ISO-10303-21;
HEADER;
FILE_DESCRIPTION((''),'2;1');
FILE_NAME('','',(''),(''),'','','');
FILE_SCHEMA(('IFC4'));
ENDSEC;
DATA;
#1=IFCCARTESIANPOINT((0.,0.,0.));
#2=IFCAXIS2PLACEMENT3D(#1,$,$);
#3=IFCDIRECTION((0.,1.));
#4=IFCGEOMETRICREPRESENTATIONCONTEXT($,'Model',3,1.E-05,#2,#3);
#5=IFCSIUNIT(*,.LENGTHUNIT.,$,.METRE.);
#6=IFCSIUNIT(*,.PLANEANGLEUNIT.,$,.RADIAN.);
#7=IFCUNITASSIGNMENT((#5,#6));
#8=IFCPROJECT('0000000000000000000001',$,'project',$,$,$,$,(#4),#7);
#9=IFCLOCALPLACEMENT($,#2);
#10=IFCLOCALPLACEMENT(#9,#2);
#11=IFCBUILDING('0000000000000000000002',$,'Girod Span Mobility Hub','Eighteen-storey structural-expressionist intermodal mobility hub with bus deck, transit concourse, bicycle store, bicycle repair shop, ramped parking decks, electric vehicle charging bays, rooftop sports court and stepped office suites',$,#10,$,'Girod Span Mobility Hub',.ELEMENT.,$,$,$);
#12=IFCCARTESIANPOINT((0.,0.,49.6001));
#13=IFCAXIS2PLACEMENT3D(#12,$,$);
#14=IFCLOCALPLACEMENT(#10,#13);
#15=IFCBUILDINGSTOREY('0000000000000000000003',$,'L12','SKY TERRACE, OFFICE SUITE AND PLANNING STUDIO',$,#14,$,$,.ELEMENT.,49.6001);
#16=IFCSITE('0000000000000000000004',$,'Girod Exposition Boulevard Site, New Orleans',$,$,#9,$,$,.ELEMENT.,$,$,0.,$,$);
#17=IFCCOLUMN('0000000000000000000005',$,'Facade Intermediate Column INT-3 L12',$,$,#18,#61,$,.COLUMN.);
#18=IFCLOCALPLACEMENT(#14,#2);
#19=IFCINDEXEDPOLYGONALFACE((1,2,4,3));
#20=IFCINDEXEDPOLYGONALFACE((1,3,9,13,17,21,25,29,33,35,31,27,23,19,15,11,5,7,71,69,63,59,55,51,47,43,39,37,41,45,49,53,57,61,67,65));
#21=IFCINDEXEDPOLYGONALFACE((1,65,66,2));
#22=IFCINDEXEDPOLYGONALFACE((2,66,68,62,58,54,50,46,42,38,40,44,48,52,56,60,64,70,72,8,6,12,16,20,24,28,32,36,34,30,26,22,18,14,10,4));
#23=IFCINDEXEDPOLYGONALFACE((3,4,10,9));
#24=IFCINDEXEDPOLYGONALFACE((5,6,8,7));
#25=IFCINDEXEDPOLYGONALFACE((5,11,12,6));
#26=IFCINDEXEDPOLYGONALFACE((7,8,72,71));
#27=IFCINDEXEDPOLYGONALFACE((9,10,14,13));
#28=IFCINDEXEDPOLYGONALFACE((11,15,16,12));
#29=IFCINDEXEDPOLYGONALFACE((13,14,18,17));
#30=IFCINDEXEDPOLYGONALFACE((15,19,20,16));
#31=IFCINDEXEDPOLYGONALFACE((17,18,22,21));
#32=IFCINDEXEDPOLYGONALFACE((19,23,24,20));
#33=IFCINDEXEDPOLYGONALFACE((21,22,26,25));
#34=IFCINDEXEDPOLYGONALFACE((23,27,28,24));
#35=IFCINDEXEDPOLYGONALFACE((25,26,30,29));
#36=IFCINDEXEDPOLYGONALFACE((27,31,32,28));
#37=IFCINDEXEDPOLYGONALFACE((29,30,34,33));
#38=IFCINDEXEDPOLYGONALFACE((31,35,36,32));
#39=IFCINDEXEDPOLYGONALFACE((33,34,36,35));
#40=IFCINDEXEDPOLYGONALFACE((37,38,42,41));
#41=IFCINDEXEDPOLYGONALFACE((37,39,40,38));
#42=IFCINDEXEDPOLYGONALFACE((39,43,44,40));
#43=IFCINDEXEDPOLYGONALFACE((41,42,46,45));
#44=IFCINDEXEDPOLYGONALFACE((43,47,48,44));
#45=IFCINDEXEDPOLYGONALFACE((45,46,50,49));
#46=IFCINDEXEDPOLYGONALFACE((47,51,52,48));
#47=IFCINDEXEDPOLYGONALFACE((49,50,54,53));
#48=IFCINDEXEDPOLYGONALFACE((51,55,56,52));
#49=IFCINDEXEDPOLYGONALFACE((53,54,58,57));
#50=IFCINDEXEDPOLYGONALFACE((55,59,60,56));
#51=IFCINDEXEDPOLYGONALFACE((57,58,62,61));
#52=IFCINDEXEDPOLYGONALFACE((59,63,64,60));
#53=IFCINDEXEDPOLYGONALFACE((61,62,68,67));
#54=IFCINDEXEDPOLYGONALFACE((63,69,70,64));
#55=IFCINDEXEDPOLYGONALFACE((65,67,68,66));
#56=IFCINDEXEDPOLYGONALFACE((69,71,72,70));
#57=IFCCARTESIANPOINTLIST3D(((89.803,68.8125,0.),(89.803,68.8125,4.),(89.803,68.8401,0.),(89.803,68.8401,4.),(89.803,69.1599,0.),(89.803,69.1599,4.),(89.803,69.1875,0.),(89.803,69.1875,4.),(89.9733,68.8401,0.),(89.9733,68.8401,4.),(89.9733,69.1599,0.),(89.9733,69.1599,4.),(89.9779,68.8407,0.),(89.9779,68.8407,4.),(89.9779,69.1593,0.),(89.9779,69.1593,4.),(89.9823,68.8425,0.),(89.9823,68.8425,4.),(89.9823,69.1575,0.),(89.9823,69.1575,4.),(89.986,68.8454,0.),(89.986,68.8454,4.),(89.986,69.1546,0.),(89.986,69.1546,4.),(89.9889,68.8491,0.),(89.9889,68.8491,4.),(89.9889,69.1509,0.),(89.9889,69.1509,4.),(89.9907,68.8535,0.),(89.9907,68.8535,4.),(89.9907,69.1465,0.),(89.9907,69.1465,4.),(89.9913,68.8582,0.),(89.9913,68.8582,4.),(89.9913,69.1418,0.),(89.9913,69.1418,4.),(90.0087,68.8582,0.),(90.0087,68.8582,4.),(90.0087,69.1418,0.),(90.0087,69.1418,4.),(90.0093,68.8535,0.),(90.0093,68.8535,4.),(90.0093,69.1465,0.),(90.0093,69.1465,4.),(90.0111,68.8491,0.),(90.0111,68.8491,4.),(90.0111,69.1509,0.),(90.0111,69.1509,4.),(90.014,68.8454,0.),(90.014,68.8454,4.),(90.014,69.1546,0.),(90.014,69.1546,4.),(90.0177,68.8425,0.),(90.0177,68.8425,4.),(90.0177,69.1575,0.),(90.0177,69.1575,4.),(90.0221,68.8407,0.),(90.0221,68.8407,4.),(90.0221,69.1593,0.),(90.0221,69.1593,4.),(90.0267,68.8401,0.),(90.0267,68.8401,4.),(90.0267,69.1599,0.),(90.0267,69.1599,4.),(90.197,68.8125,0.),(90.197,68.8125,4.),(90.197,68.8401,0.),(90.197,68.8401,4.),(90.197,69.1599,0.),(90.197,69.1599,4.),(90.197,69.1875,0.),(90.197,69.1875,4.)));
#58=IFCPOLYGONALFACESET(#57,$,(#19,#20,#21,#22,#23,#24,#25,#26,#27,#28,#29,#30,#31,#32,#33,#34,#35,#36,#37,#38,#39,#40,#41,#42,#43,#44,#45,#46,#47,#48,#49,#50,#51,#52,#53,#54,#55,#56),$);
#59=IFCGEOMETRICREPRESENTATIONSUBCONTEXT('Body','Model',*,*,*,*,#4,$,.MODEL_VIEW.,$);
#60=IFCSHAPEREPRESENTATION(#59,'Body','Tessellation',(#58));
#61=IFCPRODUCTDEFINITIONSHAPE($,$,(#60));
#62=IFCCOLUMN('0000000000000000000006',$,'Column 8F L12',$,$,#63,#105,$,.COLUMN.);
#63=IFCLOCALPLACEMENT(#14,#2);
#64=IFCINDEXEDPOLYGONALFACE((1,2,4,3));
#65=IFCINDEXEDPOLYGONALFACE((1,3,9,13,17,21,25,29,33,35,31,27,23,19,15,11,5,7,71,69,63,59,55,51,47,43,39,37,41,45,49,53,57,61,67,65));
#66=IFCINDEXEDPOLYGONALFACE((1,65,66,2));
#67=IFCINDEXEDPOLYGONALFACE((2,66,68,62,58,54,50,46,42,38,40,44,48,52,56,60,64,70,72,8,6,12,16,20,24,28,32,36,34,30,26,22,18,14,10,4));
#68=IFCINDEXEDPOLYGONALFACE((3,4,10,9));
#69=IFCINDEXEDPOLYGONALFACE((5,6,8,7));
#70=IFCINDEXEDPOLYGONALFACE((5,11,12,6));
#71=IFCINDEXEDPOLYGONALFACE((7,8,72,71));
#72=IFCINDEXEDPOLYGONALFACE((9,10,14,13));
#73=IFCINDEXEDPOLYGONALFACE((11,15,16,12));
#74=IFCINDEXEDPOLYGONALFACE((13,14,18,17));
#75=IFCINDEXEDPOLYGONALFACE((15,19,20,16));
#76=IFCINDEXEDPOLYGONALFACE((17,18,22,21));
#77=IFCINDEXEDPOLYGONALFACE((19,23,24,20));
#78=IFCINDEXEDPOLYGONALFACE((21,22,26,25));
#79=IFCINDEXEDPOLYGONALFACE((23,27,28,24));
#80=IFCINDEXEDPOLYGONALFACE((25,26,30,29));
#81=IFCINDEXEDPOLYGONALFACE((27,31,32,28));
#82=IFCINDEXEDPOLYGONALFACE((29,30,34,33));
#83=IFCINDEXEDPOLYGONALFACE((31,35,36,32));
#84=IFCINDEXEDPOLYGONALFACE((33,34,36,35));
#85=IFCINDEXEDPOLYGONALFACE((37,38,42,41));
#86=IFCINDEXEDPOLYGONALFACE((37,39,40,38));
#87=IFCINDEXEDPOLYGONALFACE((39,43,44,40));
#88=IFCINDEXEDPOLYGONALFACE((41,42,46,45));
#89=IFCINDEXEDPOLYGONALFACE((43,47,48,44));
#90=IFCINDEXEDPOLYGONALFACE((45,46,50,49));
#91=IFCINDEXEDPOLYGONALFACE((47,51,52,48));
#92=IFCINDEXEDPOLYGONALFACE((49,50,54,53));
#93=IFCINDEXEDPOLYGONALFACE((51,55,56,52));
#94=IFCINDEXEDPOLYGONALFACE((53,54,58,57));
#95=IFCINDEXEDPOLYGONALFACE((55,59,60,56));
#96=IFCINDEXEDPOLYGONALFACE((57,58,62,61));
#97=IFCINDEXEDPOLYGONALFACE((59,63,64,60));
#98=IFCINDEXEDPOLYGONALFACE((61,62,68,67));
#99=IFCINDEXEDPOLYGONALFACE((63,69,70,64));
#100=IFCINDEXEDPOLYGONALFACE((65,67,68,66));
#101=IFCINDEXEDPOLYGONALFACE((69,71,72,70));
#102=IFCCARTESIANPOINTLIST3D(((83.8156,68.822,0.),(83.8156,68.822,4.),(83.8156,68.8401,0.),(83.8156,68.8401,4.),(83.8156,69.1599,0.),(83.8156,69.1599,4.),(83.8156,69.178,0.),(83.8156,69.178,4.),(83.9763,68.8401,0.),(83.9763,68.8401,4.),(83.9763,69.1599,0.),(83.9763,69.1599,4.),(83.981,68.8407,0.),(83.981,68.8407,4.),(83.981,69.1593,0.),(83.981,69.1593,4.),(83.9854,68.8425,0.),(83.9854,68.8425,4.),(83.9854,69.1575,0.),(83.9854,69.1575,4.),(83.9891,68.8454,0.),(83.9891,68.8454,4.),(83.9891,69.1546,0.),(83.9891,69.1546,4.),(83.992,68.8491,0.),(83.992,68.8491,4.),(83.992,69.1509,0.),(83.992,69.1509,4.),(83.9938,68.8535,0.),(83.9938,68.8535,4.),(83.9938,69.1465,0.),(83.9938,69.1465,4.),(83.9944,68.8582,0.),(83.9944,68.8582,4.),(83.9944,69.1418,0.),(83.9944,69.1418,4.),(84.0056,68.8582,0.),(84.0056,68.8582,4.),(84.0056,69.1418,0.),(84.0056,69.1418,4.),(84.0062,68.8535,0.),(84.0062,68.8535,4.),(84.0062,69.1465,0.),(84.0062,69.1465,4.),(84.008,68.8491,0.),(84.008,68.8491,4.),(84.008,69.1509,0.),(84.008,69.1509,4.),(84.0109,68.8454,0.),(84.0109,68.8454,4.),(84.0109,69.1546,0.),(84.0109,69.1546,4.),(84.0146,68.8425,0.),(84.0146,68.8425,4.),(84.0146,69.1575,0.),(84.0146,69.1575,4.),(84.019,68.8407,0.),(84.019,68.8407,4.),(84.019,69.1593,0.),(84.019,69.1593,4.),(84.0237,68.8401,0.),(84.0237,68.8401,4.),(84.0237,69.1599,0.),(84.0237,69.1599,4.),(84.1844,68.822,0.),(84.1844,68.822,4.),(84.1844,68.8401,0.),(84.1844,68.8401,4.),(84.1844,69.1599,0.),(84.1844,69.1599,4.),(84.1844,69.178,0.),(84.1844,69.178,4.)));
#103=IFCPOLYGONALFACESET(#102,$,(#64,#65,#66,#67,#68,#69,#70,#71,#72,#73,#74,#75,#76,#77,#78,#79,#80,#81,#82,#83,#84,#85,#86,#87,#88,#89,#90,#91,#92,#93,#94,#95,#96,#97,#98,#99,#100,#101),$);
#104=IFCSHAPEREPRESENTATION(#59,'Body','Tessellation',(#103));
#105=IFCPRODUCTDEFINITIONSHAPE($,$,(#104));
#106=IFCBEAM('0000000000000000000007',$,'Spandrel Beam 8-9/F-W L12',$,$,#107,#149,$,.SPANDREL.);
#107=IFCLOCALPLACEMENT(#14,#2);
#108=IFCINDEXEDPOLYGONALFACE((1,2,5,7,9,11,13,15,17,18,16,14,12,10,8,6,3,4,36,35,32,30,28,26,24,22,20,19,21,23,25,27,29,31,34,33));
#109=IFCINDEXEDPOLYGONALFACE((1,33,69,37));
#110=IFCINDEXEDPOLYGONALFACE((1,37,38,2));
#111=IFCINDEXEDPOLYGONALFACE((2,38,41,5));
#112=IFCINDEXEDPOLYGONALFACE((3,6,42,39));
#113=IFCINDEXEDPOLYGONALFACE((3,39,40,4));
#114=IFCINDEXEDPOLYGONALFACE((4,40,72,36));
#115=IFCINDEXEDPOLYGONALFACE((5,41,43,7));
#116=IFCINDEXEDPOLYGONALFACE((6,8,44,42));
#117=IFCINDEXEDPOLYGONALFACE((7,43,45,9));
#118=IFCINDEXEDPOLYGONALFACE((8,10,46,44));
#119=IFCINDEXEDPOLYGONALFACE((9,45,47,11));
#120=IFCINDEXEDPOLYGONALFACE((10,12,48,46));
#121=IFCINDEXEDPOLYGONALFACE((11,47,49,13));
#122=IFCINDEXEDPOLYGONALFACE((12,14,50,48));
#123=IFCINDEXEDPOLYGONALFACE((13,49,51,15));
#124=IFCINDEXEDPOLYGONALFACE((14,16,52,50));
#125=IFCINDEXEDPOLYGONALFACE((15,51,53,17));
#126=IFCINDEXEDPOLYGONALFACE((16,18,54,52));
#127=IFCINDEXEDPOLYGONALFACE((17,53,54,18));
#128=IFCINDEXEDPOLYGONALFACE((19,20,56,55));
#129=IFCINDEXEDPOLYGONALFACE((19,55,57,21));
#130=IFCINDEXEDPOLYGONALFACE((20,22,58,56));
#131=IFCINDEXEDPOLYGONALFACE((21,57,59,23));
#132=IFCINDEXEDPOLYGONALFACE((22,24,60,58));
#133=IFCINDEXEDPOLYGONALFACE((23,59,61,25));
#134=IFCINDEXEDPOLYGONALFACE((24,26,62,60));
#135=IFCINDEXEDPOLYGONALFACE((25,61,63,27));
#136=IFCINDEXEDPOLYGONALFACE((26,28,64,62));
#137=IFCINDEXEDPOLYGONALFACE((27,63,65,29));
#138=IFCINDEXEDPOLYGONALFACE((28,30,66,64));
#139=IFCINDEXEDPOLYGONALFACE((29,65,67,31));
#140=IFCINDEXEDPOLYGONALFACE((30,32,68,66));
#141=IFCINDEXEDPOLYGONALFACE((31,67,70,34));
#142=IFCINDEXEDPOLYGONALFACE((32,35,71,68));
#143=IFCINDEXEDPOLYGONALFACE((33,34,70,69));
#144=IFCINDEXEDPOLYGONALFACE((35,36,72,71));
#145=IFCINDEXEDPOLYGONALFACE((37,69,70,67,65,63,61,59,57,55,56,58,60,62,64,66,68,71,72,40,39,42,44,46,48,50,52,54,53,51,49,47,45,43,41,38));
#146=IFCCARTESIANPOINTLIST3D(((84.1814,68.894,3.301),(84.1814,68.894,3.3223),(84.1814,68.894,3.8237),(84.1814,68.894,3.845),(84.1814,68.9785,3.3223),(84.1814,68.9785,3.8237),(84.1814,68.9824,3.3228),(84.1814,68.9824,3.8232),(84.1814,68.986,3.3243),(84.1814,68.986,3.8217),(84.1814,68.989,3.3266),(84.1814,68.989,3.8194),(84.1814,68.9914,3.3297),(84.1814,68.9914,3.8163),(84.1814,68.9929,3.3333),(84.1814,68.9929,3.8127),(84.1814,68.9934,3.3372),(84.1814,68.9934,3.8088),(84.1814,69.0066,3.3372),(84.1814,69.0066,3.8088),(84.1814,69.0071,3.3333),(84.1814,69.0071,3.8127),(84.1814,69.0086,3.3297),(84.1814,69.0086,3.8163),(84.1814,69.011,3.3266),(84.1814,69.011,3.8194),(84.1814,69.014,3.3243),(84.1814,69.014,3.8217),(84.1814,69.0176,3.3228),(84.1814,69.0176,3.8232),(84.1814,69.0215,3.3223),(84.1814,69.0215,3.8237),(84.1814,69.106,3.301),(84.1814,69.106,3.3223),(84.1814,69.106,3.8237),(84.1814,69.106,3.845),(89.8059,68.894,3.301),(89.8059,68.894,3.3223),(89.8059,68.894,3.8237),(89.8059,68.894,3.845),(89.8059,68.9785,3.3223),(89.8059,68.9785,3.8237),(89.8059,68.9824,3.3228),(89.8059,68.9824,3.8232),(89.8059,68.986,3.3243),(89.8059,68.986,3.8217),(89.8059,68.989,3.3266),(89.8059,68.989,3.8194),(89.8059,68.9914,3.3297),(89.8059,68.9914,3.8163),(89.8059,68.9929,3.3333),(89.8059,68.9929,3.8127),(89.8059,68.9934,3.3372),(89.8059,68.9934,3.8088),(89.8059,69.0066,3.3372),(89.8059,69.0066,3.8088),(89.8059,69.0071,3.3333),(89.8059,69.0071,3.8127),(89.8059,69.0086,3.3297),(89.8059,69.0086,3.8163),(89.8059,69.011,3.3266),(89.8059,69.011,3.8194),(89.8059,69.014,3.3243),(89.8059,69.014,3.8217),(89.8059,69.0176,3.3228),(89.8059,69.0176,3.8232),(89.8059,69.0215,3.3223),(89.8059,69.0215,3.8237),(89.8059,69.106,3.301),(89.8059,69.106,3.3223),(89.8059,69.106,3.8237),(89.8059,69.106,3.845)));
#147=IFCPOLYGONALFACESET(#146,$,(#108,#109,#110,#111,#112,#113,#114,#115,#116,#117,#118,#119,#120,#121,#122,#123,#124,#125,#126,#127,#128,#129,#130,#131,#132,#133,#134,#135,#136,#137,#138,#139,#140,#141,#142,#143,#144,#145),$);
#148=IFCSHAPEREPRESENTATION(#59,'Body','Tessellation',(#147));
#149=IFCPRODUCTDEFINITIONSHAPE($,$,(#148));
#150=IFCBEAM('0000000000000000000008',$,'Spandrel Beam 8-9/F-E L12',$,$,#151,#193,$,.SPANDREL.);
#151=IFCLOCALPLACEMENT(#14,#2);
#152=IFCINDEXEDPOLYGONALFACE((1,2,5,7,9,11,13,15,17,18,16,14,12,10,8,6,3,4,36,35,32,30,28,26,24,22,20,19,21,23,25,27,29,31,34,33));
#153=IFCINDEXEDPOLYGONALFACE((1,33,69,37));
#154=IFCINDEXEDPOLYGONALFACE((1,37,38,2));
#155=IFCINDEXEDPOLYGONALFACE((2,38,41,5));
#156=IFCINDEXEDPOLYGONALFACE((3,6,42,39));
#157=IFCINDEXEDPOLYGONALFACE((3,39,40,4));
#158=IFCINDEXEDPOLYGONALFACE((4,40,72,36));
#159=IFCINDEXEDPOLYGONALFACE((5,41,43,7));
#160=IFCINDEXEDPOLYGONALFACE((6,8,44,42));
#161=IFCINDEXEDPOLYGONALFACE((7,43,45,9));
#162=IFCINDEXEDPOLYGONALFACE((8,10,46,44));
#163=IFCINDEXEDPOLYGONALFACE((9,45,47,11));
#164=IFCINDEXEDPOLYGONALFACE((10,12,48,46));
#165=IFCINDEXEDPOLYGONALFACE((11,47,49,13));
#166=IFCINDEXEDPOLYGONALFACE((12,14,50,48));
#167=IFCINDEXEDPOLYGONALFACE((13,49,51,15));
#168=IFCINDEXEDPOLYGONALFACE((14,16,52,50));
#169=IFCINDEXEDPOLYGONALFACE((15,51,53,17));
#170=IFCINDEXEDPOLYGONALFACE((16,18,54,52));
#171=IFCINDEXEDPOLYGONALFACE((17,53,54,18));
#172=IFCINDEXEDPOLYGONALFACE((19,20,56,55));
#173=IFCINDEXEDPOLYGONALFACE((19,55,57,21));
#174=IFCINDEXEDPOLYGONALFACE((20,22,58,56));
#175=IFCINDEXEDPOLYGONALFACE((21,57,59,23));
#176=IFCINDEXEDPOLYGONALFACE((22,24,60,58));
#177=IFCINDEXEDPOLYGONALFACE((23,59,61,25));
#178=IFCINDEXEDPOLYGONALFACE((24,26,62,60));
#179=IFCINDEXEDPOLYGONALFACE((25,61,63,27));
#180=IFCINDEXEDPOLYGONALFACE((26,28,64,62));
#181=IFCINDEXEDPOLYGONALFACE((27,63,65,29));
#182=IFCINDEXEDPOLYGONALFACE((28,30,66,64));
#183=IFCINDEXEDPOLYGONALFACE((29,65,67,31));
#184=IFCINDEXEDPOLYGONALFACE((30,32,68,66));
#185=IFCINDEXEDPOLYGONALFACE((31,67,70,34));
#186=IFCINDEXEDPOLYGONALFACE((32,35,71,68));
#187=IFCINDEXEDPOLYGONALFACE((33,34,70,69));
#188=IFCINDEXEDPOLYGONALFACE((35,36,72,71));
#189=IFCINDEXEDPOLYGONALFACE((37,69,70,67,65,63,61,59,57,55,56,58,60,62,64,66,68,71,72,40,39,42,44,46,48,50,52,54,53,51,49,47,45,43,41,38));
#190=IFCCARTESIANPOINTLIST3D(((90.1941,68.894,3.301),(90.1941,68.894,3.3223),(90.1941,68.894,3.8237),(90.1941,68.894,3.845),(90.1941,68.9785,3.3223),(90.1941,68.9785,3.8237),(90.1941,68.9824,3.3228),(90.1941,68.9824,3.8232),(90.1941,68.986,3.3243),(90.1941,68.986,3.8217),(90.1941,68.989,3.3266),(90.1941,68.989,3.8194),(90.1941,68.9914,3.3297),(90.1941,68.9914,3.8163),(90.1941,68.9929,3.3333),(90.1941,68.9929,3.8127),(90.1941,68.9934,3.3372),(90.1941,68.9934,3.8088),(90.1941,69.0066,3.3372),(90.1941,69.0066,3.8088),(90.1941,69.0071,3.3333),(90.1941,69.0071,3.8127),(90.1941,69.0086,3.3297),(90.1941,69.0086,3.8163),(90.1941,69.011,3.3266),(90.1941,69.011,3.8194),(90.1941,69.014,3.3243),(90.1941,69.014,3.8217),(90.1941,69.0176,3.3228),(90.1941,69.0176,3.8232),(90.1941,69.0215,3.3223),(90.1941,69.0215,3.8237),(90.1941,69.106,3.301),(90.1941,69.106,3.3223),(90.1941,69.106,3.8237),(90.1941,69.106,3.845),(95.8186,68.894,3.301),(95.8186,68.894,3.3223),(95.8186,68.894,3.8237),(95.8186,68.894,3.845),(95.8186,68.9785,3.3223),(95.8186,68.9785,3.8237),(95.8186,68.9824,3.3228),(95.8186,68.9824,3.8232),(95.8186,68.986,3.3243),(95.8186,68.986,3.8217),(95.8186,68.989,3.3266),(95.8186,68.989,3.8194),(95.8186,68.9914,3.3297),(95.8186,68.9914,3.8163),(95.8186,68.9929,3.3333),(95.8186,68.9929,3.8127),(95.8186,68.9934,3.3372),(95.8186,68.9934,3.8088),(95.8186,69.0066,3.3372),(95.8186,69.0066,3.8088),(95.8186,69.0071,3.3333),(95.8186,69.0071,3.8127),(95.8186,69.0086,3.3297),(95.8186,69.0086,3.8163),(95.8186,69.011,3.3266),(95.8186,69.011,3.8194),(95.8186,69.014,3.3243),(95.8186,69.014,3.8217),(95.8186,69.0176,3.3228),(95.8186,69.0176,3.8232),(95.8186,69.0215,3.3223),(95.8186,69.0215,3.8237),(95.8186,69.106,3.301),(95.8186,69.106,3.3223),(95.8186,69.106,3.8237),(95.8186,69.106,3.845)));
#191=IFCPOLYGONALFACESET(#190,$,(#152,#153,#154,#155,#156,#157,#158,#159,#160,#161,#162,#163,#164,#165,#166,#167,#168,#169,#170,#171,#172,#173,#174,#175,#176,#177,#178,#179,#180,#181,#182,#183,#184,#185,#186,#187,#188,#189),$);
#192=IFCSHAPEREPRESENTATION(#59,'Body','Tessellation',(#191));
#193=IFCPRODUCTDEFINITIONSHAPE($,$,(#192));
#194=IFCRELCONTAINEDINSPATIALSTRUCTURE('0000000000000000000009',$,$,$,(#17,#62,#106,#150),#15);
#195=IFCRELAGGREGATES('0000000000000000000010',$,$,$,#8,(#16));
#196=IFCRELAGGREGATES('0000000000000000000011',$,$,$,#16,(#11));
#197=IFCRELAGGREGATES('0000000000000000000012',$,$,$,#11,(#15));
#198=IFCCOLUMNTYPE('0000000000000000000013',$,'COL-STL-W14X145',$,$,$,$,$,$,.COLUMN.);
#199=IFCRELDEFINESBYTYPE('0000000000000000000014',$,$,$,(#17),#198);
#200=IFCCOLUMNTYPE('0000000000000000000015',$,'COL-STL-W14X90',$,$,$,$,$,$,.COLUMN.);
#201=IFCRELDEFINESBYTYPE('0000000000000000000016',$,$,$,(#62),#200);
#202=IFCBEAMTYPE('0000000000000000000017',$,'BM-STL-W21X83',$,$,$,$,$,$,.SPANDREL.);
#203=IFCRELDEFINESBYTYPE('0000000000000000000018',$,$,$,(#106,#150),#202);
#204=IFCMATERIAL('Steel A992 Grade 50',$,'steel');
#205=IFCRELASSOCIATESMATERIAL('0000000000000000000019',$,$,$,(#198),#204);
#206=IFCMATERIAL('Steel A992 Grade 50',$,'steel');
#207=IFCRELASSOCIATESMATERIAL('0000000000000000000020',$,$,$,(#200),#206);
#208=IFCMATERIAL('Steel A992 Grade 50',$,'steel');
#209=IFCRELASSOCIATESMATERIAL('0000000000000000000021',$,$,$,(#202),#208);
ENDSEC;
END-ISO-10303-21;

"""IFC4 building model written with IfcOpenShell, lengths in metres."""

from ifc_helpers import new_model, si_unit, direction, frame, origin, origin_2d, place, context, subcontext, project, spatial, i_section, extrude, material, material_profile, profile_set, type_object, element, save


model = new_model("IFC4")

# Units and contexts
model_context = context("Model", 3, precision=1e-05, world=origin(), true_north=direction((0.0, 1.0)))
body_context = subcontext(model_context, "Body", "Model", "MODEL_VIEW")
ifc_project = project(units=[si_unit("LENGTHUNIT", "METRE"), si_unit("PLANEANGLEUNIT", "RADIAN")], contexts=[model_context])

# Site, building, storey
site_placement = place(None, origin())
site = spatial("IfcSite", under=ifc_project, at=site_placement, Name="Girod Exposition Boulevard Site, New Orleans", CompositionType="ELEMENT", RefElevation=0.0)
building_placement = place(site_placement, origin())
building = spatial("IfcBuilding", under=site, at=building_placement, Name="Girod Span Mobility Hub", Description="Eighteen-storey structural-expressionist intermodal mobility hub with bus deck, transit concourse, bicycle store, bicycle repair shop, ramped parking decks, electric vehicle charging bays, rooftop sports court and stepped office suites", LongName="Girod Span Mobility Hub", CompositionType="ELEMENT")
storey_placement = place(building_placement, frame((0.0, 0.0, 49.6001)))
storey = spatial("IfcBuildingStorey", under=building, at=storey_placement, Name="L12", Description="SKY TERRACE, OFFICE SUITE AND PLANNING STUDIO", CompositionType="ELEMENT", Elevation=49.6001)

# Columns
ifc_material_1 = material(Name="Steel A992 Grade 50", Category="steel")
ifc_material_profile_1 = material_profile(ifc_material_1, i_section(OverallWidth=0.394, OverallDepth=0.375, WebThickness=0.0173, FlangeThickness=0.0276, FilletRadius=0.0181, at=origin_2d()), Name="W14X145")
ifc_profile_set_1 = profile_set([ifc_material_profile_1], Name="Steel A992 Grade 50")
column_type_1 = type_object("IfcColumnType", Name="COL-STL-W14X145", PredefinedType="COLUMN", material=ifc_profile_set_1)
column_1_placement = place(storey_placement, frame((90.0, 69.0, 0.0), z_axis=(0.0, 0.0, 1.0), x_axis=(1.0, 0.0, 0.0)))
element("IfcColumn", 1, at=column_1_placement, inside=storey, type_object=column_type_1, Name="Facade Intermediate Column INT-3 L12", PredefinedType="COLUMN", context=body_context, shape_type="SweptSolid", body=[
    extrude(i_section(OverallWidth=0.394, OverallDepth=0.375, WebThickness=0.0173, FlangeThickness=0.0276, FilletRadius=0.0181, at=origin_2d()), origin(), (0.0, 0.0, 1.0), 4.0),
])
ifc_material_2 = material(Name="Steel A992 Grade 50", Category="steel")
ifc_material_profile_2 = material_profile(ifc_material_2, i_section(OverallWidth=0.3689, OverallDepth=0.356, WebThickness=0.0112, FlangeThickness=0.0181, FilletRadius=0.0181, at=origin_2d()), Name="W14X90")
ifc_profile_set_2 = profile_set([ifc_material_profile_2], Name="Steel A992 Grade 50")
column_type_2 = type_object("IfcColumnType", Name="COL-STL-W14X90", PredefinedType="COLUMN", material=ifc_profile_set_2)
column_2_placement = place(storey_placement, frame((84.0, 69.0, 0.0), z_axis=(0.0, 0.0, 1.0), x_axis=(1.0, 0.0, 0.0)))
element("IfcColumn", 2, at=column_2_placement, inside=storey, type_object=column_type_2, Name="Column 8F L12", PredefinedType="COLUMN", context=body_context, shape_type="SweptSolid", body=[
    extrude(i_section(OverallWidth=0.3689, OverallDepth=0.356, WebThickness=0.0112, FlangeThickness=0.0181, FilletRadius=0.0181, at=origin_2d()), origin(), (0.0, 0.0, 1.0), 4.0),
])

# Beams
ifc_material_3 = material(Name="Steel A992 Grade 50", Category="steel")
ifc_material_profile_3 = material_profile(ifc_material_3, i_section(OverallWidth=0.2119, OverallDepth=0.5439, WebThickness=0.0132, FlangeThickness=0.0212, FilletRadius=0.0149, at=origin_2d()), Name="W21X83")
ifc_profile_set_3 = profile_set([ifc_material_profile_3], Name="Steel A992 Grade 50")
beam_type = type_object("IfcBeamType", Name="BM-STL-W21X83", PredefinedType="SPANDREL", material=ifc_profile_set_3)
for number, where, z_axis, x_axis, name in (
    (3, (84.1814, 69.0, 3.573), (1.0, 0.0, 0.0), (0.0, 1.0, 0.0), "Spandrel Beam 8-9/F-W L12"),
    (4, (90.1941, 69.0, 3.573), (1.0, 0.0, 0.0), (0.0, 1.0, 0.0), "Spandrel Beam 8-9/F-E L12"),
):
    element("IfcBeam", number, at=place(storey_placement, frame(where, z_axis=z_axis, x_axis=x_axis)), inside=storey, type_object=beam_type, Name=name, PredefinedType="SPANDREL", context=body_context, shape_type="SweptSolid", body=[
        extrude(i_section(OverallWidth=0.2119, OverallDepth=0.5439, WebThickness=0.0132, FlangeThickness=0.0212, FilletRadius=0.0149, at=origin_2d()), origin(), (0.0, 0.0, 1.0), 5.6245),
    ])

save(model, "model.ifc")
